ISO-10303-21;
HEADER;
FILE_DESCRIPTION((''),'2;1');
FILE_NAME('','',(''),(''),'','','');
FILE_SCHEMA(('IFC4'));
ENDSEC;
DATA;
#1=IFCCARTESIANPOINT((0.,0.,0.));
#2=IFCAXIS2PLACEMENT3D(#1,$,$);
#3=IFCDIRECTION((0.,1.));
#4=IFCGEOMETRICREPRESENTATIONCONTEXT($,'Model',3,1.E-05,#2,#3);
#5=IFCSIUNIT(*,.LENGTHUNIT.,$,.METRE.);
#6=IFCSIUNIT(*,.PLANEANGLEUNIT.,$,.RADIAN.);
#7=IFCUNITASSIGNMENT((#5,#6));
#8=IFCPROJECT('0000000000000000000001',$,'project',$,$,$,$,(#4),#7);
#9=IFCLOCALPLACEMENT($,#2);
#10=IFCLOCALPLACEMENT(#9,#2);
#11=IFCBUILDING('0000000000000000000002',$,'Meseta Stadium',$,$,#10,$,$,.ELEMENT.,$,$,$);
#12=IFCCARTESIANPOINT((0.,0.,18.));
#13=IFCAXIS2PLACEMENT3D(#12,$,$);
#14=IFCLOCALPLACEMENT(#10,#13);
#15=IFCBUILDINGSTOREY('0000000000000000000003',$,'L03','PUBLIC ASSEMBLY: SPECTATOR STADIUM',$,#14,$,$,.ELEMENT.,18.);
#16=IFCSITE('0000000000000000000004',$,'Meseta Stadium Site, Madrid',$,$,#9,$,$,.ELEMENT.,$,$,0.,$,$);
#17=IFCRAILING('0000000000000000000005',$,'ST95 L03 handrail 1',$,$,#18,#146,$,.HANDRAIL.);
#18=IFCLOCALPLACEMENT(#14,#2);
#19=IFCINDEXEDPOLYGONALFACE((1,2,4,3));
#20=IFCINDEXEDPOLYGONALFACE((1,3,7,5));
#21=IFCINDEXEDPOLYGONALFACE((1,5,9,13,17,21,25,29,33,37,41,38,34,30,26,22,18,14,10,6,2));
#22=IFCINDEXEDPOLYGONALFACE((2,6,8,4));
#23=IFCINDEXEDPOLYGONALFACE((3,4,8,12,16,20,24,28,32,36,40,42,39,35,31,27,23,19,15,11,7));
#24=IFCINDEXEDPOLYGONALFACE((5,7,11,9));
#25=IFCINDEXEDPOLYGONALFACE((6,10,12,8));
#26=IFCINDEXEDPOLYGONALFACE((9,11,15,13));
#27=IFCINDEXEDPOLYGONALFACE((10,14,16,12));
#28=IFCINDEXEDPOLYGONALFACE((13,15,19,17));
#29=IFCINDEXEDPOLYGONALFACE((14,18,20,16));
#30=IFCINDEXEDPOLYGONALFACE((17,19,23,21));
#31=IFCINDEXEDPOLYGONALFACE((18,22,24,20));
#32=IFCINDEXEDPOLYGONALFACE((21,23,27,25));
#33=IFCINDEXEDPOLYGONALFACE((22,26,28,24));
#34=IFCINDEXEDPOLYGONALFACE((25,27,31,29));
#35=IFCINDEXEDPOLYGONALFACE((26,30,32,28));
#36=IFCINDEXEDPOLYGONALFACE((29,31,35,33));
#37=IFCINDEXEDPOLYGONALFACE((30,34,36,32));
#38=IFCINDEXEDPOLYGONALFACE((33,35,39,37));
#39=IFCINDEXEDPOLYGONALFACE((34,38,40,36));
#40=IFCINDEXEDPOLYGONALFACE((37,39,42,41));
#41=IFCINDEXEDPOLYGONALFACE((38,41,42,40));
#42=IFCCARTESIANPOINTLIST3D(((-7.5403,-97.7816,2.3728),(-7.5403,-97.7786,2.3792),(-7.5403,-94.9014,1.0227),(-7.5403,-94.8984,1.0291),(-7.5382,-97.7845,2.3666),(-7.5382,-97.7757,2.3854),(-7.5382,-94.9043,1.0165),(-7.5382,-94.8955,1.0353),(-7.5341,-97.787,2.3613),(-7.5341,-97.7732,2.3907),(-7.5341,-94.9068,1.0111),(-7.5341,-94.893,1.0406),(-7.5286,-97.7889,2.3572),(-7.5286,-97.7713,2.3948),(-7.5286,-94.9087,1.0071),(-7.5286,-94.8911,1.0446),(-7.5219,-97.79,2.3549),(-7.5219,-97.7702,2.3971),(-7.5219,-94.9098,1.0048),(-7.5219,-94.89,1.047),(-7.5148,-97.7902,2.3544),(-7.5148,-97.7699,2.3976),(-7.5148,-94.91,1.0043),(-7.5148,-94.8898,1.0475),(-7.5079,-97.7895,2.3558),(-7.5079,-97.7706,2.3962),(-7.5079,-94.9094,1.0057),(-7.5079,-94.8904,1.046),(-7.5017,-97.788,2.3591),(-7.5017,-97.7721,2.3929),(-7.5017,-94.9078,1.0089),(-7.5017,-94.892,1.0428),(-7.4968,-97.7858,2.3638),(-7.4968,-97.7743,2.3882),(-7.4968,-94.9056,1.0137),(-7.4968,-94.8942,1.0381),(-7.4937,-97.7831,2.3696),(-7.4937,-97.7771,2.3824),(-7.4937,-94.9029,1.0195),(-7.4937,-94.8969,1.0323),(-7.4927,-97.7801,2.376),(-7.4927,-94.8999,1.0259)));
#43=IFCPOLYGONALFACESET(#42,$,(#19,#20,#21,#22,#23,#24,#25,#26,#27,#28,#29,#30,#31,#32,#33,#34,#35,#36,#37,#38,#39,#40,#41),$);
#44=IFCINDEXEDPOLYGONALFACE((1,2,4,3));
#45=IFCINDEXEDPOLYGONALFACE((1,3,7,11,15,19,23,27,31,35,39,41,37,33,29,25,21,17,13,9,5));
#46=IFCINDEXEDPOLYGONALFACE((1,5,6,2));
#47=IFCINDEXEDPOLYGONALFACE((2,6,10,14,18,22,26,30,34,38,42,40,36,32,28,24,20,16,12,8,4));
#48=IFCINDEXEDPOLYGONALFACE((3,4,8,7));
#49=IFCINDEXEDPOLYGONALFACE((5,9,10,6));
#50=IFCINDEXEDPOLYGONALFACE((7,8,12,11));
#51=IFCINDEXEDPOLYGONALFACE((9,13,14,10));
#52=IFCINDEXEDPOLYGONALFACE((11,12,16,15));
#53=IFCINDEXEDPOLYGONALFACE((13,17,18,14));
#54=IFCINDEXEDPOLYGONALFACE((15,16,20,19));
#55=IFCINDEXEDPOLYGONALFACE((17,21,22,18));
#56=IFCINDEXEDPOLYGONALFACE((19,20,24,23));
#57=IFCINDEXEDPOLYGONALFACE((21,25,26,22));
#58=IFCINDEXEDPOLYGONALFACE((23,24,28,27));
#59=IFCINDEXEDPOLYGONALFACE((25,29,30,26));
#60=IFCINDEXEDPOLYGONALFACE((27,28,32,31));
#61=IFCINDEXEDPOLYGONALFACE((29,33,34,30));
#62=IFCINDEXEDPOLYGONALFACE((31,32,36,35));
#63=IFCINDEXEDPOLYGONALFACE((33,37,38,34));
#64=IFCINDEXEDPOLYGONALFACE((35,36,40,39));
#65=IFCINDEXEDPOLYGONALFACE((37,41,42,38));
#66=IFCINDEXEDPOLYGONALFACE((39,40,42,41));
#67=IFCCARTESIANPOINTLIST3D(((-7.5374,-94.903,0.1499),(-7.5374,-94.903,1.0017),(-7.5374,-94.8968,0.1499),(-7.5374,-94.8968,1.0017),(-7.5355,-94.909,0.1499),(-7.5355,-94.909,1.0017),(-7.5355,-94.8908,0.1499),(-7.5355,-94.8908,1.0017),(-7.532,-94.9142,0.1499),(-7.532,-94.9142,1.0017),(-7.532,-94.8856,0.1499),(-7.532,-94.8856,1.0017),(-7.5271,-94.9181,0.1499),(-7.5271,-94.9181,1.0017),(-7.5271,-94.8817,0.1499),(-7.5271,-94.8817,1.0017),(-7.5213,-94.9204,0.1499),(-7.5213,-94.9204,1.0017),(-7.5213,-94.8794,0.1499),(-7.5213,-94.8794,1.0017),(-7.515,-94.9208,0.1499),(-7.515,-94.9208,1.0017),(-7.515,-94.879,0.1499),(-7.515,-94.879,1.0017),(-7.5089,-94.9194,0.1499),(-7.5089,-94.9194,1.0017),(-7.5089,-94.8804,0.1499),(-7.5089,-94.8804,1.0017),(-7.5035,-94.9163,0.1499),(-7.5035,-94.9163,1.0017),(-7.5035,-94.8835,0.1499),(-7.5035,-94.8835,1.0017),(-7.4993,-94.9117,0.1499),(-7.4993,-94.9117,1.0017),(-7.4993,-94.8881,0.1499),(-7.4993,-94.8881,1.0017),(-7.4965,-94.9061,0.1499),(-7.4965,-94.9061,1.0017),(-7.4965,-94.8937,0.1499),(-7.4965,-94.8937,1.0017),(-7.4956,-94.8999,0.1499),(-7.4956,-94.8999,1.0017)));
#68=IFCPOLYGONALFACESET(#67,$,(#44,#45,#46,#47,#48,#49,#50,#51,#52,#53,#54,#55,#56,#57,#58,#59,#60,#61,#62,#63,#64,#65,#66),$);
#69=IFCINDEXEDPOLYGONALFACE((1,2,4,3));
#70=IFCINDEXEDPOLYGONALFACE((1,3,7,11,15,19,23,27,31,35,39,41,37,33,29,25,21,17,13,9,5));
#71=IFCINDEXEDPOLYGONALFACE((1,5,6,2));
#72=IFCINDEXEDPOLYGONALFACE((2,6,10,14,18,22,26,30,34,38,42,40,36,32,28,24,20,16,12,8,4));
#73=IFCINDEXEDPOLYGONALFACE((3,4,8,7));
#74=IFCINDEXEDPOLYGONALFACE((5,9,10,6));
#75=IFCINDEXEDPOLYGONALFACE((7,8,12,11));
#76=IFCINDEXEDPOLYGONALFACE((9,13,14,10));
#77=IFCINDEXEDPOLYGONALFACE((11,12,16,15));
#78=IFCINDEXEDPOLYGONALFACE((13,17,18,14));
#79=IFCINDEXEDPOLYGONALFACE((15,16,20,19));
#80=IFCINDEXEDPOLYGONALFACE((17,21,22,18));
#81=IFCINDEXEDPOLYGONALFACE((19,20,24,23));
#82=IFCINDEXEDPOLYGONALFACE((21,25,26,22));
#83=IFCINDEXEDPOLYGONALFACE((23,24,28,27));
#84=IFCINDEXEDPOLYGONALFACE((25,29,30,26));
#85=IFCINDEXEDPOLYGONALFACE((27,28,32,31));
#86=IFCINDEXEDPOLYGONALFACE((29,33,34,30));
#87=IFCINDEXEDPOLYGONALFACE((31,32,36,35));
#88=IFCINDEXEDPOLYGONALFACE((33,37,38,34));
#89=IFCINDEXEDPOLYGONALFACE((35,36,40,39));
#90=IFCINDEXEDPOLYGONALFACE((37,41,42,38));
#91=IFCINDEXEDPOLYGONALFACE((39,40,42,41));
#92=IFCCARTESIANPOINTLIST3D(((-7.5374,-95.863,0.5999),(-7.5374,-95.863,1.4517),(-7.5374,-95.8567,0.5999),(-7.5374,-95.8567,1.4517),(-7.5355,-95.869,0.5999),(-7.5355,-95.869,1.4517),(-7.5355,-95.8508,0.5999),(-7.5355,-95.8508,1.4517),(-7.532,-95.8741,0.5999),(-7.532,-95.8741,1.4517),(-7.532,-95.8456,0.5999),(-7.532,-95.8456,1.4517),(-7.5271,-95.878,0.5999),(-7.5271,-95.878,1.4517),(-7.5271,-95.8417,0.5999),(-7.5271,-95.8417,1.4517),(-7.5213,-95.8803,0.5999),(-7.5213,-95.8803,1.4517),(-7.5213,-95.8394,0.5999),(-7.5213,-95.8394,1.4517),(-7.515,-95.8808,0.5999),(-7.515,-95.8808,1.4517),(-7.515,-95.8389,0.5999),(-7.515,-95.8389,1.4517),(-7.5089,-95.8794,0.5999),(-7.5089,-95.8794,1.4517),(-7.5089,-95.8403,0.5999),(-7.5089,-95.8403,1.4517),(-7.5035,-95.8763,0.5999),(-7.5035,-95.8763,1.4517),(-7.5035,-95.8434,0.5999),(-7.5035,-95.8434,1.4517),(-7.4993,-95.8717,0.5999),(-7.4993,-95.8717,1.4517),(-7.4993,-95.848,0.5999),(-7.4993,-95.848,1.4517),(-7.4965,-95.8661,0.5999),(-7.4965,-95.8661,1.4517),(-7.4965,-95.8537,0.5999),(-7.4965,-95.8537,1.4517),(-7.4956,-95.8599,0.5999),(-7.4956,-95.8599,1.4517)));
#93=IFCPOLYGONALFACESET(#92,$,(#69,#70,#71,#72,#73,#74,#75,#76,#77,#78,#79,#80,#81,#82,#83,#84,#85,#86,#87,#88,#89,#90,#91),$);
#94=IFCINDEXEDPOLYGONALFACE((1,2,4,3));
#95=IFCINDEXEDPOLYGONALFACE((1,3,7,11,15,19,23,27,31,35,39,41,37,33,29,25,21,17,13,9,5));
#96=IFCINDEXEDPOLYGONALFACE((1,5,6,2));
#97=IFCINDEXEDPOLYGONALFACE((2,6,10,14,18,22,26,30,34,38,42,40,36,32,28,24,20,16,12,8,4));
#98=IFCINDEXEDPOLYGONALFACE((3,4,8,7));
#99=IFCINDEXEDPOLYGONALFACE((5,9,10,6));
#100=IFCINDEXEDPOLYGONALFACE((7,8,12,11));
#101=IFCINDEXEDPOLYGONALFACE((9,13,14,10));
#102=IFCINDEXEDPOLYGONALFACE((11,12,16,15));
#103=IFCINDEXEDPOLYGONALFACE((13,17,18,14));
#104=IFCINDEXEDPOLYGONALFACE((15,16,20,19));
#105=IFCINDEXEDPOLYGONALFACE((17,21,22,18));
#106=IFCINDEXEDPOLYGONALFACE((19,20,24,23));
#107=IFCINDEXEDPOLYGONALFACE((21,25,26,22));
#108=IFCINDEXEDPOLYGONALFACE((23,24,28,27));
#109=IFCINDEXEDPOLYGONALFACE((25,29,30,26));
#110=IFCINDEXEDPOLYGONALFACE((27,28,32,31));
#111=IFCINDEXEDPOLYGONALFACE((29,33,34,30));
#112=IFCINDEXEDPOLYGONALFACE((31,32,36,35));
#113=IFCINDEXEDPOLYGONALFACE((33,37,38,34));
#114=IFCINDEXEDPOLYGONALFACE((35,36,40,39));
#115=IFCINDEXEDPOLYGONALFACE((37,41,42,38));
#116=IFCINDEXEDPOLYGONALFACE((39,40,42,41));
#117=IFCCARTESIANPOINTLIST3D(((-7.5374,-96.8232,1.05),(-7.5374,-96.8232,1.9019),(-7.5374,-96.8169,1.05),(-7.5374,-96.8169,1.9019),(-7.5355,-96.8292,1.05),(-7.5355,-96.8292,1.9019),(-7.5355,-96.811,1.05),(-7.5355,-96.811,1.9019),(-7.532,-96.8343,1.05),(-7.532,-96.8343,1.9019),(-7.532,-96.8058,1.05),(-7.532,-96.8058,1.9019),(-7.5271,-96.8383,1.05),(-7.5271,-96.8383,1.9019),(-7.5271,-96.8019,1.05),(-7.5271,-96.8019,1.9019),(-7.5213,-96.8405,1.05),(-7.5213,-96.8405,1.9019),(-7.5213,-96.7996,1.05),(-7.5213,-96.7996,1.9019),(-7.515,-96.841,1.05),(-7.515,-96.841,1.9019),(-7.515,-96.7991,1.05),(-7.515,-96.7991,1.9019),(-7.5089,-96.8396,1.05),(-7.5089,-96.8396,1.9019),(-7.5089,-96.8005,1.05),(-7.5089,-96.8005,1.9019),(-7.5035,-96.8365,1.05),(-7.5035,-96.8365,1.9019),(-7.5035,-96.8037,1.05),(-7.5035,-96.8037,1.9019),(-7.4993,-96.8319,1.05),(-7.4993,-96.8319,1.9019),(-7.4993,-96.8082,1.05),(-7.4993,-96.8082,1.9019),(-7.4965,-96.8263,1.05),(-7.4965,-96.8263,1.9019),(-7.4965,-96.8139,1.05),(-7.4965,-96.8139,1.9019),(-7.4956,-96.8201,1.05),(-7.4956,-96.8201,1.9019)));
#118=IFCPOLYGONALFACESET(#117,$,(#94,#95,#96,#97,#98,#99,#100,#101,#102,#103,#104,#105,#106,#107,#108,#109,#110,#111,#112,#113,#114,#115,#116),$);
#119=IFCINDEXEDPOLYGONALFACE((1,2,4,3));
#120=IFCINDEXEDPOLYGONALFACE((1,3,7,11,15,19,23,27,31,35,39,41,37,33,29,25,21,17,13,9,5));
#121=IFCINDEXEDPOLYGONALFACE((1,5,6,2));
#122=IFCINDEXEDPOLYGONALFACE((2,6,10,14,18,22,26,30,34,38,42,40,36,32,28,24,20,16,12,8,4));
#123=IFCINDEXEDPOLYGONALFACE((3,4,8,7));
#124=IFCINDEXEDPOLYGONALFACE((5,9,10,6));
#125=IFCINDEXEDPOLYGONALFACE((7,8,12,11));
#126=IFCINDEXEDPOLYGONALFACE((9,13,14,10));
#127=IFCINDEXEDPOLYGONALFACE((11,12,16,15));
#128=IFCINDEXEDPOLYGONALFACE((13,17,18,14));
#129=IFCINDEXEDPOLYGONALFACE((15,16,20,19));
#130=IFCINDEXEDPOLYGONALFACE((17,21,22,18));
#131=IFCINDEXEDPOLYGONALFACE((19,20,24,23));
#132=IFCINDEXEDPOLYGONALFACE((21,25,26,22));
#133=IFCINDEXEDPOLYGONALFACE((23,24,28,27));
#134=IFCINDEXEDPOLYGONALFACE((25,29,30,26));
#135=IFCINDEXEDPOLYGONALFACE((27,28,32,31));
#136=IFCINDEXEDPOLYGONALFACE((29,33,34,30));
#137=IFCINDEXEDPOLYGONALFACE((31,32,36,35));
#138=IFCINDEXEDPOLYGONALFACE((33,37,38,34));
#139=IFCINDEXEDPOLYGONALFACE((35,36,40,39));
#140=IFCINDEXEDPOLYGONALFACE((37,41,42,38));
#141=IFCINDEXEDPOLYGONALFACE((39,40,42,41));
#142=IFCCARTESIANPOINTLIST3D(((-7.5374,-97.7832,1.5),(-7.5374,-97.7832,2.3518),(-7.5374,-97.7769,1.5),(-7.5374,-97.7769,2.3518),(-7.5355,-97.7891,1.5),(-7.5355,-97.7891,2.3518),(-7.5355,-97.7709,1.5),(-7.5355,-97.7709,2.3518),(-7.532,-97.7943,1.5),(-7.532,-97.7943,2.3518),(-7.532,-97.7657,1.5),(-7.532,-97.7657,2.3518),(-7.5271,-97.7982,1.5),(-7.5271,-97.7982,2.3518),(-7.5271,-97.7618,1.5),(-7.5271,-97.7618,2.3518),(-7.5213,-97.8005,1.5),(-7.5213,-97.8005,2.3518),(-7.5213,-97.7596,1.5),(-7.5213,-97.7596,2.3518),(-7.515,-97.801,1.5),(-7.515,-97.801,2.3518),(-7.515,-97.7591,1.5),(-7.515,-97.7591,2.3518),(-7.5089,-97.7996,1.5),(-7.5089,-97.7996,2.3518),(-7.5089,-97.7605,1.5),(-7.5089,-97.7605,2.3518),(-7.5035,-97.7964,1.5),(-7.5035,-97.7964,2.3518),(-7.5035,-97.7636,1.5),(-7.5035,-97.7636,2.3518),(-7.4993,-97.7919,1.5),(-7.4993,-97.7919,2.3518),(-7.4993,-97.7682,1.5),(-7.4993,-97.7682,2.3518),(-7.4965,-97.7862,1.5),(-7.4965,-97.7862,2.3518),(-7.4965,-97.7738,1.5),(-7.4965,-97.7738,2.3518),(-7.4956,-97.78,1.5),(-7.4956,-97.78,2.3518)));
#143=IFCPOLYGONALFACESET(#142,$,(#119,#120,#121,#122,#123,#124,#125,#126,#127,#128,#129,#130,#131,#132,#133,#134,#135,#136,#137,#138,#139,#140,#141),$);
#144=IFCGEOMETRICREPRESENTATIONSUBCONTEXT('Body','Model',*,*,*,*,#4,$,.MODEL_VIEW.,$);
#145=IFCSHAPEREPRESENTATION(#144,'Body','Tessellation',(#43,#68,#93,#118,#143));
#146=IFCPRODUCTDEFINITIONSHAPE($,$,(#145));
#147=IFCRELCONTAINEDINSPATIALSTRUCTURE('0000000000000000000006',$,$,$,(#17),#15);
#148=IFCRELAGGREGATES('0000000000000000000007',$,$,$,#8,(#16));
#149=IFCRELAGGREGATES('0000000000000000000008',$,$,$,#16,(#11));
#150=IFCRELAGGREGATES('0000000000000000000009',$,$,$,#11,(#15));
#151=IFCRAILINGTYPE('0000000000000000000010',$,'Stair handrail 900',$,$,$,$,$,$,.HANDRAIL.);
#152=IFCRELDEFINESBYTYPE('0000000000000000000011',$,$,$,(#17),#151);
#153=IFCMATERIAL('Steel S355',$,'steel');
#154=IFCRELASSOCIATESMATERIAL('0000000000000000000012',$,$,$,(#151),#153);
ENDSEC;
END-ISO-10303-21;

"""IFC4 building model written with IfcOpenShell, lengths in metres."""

from ifc_helpers import new_model, si_unit, direction, frame, origin, origin_2d, place, context, subcontext, project, spatial, circle, extrude, material, type_object, element, save


model = new_model("IFC4")

# Units and contexts
model_context = context("Model", 3, precision=1e-05, world=origin(), true_north=direction((0.0, 1.0)))
body_context = subcontext(model_context, "Body", "Model", "MODEL_VIEW")
ifc_project = project(units=[si_unit("LENGTHUNIT", "METRE"), si_unit("PLANEANGLEUNIT", "RADIAN")], contexts=[model_context])

# Site, building, storey
site_placement = place(None, origin())
site = spatial("IfcSite", under=ifc_project, at=site_placement, Name="Meseta Stadium Site, Madrid", CompositionType="ELEMENT", RefElevation=0.0)
building_placement = place(site_placement, origin())
building = spatial("IfcBuilding", under=site, at=building_placement, Name="Meseta Stadium", CompositionType="ELEMENT")
storey_placement = place(building_placement, frame((0.0, 0.0, 18.0)))
storey = spatial("IfcBuildingStorey", under=building, at=storey_placement, Name="L03", Description="PUBLIC ASSEMBLY: SPECTATOR STADIUM", CompositionType="ELEMENT", Elevation=18.0)

# Railing
ifc_material_1 = material(Name="Steel S355", Category="steel")
railing_type_1 = type_object("IfcRailingType", Name="Stair handrail 900", PredefinedType="HANDRAIL", material=ifc_material_1)
for number, where, name in (
    (1, (-7.5166, -94.8999, 0.1499), "ST95 L03 handrail 1"),
):
    element("IfcRailing", number, at=place(storey_placement, frame(where)), inside=storey, type_object=railing_type_1, Name=name, PredefinedType="HANDRAIL", context=body_context, shape_type="SweptSolid", body=[
        extrude(circle(Radius=0.0239, at=origin_2d()), frame((0.0, 0.0, 0.876), z_axis=(0.0, -0.905454, 0.424444), x_axis=(1.0, 0.0, 0.0)), (0.0, 0.0, 1.0), 3.1809),
        extrude(circle(Radius=0.021, at=origin_2d()), origin(), (0.0, 0.0, 1.0), 0.8518),
        extrude(circle(Radius=0.021, at=origin_2d()), frame((0.0, -0.96, 0.45)), (0.0, 0.0, 1.0), 0.8518),
        extrude(circle(Radius=0.021, at=origin_2d()), frame((0.0, -1.9202, 0.9001)), (0.0, 0.0, 1.0), 0.8518),
        extrude(circle(Radius=0.021, at=origin_2d()), frame((0.0, -2.8801, 1.3501)), (0.0, 0.0, 1.0), 0.8518),
    ])

save(model, "model.ifc")
